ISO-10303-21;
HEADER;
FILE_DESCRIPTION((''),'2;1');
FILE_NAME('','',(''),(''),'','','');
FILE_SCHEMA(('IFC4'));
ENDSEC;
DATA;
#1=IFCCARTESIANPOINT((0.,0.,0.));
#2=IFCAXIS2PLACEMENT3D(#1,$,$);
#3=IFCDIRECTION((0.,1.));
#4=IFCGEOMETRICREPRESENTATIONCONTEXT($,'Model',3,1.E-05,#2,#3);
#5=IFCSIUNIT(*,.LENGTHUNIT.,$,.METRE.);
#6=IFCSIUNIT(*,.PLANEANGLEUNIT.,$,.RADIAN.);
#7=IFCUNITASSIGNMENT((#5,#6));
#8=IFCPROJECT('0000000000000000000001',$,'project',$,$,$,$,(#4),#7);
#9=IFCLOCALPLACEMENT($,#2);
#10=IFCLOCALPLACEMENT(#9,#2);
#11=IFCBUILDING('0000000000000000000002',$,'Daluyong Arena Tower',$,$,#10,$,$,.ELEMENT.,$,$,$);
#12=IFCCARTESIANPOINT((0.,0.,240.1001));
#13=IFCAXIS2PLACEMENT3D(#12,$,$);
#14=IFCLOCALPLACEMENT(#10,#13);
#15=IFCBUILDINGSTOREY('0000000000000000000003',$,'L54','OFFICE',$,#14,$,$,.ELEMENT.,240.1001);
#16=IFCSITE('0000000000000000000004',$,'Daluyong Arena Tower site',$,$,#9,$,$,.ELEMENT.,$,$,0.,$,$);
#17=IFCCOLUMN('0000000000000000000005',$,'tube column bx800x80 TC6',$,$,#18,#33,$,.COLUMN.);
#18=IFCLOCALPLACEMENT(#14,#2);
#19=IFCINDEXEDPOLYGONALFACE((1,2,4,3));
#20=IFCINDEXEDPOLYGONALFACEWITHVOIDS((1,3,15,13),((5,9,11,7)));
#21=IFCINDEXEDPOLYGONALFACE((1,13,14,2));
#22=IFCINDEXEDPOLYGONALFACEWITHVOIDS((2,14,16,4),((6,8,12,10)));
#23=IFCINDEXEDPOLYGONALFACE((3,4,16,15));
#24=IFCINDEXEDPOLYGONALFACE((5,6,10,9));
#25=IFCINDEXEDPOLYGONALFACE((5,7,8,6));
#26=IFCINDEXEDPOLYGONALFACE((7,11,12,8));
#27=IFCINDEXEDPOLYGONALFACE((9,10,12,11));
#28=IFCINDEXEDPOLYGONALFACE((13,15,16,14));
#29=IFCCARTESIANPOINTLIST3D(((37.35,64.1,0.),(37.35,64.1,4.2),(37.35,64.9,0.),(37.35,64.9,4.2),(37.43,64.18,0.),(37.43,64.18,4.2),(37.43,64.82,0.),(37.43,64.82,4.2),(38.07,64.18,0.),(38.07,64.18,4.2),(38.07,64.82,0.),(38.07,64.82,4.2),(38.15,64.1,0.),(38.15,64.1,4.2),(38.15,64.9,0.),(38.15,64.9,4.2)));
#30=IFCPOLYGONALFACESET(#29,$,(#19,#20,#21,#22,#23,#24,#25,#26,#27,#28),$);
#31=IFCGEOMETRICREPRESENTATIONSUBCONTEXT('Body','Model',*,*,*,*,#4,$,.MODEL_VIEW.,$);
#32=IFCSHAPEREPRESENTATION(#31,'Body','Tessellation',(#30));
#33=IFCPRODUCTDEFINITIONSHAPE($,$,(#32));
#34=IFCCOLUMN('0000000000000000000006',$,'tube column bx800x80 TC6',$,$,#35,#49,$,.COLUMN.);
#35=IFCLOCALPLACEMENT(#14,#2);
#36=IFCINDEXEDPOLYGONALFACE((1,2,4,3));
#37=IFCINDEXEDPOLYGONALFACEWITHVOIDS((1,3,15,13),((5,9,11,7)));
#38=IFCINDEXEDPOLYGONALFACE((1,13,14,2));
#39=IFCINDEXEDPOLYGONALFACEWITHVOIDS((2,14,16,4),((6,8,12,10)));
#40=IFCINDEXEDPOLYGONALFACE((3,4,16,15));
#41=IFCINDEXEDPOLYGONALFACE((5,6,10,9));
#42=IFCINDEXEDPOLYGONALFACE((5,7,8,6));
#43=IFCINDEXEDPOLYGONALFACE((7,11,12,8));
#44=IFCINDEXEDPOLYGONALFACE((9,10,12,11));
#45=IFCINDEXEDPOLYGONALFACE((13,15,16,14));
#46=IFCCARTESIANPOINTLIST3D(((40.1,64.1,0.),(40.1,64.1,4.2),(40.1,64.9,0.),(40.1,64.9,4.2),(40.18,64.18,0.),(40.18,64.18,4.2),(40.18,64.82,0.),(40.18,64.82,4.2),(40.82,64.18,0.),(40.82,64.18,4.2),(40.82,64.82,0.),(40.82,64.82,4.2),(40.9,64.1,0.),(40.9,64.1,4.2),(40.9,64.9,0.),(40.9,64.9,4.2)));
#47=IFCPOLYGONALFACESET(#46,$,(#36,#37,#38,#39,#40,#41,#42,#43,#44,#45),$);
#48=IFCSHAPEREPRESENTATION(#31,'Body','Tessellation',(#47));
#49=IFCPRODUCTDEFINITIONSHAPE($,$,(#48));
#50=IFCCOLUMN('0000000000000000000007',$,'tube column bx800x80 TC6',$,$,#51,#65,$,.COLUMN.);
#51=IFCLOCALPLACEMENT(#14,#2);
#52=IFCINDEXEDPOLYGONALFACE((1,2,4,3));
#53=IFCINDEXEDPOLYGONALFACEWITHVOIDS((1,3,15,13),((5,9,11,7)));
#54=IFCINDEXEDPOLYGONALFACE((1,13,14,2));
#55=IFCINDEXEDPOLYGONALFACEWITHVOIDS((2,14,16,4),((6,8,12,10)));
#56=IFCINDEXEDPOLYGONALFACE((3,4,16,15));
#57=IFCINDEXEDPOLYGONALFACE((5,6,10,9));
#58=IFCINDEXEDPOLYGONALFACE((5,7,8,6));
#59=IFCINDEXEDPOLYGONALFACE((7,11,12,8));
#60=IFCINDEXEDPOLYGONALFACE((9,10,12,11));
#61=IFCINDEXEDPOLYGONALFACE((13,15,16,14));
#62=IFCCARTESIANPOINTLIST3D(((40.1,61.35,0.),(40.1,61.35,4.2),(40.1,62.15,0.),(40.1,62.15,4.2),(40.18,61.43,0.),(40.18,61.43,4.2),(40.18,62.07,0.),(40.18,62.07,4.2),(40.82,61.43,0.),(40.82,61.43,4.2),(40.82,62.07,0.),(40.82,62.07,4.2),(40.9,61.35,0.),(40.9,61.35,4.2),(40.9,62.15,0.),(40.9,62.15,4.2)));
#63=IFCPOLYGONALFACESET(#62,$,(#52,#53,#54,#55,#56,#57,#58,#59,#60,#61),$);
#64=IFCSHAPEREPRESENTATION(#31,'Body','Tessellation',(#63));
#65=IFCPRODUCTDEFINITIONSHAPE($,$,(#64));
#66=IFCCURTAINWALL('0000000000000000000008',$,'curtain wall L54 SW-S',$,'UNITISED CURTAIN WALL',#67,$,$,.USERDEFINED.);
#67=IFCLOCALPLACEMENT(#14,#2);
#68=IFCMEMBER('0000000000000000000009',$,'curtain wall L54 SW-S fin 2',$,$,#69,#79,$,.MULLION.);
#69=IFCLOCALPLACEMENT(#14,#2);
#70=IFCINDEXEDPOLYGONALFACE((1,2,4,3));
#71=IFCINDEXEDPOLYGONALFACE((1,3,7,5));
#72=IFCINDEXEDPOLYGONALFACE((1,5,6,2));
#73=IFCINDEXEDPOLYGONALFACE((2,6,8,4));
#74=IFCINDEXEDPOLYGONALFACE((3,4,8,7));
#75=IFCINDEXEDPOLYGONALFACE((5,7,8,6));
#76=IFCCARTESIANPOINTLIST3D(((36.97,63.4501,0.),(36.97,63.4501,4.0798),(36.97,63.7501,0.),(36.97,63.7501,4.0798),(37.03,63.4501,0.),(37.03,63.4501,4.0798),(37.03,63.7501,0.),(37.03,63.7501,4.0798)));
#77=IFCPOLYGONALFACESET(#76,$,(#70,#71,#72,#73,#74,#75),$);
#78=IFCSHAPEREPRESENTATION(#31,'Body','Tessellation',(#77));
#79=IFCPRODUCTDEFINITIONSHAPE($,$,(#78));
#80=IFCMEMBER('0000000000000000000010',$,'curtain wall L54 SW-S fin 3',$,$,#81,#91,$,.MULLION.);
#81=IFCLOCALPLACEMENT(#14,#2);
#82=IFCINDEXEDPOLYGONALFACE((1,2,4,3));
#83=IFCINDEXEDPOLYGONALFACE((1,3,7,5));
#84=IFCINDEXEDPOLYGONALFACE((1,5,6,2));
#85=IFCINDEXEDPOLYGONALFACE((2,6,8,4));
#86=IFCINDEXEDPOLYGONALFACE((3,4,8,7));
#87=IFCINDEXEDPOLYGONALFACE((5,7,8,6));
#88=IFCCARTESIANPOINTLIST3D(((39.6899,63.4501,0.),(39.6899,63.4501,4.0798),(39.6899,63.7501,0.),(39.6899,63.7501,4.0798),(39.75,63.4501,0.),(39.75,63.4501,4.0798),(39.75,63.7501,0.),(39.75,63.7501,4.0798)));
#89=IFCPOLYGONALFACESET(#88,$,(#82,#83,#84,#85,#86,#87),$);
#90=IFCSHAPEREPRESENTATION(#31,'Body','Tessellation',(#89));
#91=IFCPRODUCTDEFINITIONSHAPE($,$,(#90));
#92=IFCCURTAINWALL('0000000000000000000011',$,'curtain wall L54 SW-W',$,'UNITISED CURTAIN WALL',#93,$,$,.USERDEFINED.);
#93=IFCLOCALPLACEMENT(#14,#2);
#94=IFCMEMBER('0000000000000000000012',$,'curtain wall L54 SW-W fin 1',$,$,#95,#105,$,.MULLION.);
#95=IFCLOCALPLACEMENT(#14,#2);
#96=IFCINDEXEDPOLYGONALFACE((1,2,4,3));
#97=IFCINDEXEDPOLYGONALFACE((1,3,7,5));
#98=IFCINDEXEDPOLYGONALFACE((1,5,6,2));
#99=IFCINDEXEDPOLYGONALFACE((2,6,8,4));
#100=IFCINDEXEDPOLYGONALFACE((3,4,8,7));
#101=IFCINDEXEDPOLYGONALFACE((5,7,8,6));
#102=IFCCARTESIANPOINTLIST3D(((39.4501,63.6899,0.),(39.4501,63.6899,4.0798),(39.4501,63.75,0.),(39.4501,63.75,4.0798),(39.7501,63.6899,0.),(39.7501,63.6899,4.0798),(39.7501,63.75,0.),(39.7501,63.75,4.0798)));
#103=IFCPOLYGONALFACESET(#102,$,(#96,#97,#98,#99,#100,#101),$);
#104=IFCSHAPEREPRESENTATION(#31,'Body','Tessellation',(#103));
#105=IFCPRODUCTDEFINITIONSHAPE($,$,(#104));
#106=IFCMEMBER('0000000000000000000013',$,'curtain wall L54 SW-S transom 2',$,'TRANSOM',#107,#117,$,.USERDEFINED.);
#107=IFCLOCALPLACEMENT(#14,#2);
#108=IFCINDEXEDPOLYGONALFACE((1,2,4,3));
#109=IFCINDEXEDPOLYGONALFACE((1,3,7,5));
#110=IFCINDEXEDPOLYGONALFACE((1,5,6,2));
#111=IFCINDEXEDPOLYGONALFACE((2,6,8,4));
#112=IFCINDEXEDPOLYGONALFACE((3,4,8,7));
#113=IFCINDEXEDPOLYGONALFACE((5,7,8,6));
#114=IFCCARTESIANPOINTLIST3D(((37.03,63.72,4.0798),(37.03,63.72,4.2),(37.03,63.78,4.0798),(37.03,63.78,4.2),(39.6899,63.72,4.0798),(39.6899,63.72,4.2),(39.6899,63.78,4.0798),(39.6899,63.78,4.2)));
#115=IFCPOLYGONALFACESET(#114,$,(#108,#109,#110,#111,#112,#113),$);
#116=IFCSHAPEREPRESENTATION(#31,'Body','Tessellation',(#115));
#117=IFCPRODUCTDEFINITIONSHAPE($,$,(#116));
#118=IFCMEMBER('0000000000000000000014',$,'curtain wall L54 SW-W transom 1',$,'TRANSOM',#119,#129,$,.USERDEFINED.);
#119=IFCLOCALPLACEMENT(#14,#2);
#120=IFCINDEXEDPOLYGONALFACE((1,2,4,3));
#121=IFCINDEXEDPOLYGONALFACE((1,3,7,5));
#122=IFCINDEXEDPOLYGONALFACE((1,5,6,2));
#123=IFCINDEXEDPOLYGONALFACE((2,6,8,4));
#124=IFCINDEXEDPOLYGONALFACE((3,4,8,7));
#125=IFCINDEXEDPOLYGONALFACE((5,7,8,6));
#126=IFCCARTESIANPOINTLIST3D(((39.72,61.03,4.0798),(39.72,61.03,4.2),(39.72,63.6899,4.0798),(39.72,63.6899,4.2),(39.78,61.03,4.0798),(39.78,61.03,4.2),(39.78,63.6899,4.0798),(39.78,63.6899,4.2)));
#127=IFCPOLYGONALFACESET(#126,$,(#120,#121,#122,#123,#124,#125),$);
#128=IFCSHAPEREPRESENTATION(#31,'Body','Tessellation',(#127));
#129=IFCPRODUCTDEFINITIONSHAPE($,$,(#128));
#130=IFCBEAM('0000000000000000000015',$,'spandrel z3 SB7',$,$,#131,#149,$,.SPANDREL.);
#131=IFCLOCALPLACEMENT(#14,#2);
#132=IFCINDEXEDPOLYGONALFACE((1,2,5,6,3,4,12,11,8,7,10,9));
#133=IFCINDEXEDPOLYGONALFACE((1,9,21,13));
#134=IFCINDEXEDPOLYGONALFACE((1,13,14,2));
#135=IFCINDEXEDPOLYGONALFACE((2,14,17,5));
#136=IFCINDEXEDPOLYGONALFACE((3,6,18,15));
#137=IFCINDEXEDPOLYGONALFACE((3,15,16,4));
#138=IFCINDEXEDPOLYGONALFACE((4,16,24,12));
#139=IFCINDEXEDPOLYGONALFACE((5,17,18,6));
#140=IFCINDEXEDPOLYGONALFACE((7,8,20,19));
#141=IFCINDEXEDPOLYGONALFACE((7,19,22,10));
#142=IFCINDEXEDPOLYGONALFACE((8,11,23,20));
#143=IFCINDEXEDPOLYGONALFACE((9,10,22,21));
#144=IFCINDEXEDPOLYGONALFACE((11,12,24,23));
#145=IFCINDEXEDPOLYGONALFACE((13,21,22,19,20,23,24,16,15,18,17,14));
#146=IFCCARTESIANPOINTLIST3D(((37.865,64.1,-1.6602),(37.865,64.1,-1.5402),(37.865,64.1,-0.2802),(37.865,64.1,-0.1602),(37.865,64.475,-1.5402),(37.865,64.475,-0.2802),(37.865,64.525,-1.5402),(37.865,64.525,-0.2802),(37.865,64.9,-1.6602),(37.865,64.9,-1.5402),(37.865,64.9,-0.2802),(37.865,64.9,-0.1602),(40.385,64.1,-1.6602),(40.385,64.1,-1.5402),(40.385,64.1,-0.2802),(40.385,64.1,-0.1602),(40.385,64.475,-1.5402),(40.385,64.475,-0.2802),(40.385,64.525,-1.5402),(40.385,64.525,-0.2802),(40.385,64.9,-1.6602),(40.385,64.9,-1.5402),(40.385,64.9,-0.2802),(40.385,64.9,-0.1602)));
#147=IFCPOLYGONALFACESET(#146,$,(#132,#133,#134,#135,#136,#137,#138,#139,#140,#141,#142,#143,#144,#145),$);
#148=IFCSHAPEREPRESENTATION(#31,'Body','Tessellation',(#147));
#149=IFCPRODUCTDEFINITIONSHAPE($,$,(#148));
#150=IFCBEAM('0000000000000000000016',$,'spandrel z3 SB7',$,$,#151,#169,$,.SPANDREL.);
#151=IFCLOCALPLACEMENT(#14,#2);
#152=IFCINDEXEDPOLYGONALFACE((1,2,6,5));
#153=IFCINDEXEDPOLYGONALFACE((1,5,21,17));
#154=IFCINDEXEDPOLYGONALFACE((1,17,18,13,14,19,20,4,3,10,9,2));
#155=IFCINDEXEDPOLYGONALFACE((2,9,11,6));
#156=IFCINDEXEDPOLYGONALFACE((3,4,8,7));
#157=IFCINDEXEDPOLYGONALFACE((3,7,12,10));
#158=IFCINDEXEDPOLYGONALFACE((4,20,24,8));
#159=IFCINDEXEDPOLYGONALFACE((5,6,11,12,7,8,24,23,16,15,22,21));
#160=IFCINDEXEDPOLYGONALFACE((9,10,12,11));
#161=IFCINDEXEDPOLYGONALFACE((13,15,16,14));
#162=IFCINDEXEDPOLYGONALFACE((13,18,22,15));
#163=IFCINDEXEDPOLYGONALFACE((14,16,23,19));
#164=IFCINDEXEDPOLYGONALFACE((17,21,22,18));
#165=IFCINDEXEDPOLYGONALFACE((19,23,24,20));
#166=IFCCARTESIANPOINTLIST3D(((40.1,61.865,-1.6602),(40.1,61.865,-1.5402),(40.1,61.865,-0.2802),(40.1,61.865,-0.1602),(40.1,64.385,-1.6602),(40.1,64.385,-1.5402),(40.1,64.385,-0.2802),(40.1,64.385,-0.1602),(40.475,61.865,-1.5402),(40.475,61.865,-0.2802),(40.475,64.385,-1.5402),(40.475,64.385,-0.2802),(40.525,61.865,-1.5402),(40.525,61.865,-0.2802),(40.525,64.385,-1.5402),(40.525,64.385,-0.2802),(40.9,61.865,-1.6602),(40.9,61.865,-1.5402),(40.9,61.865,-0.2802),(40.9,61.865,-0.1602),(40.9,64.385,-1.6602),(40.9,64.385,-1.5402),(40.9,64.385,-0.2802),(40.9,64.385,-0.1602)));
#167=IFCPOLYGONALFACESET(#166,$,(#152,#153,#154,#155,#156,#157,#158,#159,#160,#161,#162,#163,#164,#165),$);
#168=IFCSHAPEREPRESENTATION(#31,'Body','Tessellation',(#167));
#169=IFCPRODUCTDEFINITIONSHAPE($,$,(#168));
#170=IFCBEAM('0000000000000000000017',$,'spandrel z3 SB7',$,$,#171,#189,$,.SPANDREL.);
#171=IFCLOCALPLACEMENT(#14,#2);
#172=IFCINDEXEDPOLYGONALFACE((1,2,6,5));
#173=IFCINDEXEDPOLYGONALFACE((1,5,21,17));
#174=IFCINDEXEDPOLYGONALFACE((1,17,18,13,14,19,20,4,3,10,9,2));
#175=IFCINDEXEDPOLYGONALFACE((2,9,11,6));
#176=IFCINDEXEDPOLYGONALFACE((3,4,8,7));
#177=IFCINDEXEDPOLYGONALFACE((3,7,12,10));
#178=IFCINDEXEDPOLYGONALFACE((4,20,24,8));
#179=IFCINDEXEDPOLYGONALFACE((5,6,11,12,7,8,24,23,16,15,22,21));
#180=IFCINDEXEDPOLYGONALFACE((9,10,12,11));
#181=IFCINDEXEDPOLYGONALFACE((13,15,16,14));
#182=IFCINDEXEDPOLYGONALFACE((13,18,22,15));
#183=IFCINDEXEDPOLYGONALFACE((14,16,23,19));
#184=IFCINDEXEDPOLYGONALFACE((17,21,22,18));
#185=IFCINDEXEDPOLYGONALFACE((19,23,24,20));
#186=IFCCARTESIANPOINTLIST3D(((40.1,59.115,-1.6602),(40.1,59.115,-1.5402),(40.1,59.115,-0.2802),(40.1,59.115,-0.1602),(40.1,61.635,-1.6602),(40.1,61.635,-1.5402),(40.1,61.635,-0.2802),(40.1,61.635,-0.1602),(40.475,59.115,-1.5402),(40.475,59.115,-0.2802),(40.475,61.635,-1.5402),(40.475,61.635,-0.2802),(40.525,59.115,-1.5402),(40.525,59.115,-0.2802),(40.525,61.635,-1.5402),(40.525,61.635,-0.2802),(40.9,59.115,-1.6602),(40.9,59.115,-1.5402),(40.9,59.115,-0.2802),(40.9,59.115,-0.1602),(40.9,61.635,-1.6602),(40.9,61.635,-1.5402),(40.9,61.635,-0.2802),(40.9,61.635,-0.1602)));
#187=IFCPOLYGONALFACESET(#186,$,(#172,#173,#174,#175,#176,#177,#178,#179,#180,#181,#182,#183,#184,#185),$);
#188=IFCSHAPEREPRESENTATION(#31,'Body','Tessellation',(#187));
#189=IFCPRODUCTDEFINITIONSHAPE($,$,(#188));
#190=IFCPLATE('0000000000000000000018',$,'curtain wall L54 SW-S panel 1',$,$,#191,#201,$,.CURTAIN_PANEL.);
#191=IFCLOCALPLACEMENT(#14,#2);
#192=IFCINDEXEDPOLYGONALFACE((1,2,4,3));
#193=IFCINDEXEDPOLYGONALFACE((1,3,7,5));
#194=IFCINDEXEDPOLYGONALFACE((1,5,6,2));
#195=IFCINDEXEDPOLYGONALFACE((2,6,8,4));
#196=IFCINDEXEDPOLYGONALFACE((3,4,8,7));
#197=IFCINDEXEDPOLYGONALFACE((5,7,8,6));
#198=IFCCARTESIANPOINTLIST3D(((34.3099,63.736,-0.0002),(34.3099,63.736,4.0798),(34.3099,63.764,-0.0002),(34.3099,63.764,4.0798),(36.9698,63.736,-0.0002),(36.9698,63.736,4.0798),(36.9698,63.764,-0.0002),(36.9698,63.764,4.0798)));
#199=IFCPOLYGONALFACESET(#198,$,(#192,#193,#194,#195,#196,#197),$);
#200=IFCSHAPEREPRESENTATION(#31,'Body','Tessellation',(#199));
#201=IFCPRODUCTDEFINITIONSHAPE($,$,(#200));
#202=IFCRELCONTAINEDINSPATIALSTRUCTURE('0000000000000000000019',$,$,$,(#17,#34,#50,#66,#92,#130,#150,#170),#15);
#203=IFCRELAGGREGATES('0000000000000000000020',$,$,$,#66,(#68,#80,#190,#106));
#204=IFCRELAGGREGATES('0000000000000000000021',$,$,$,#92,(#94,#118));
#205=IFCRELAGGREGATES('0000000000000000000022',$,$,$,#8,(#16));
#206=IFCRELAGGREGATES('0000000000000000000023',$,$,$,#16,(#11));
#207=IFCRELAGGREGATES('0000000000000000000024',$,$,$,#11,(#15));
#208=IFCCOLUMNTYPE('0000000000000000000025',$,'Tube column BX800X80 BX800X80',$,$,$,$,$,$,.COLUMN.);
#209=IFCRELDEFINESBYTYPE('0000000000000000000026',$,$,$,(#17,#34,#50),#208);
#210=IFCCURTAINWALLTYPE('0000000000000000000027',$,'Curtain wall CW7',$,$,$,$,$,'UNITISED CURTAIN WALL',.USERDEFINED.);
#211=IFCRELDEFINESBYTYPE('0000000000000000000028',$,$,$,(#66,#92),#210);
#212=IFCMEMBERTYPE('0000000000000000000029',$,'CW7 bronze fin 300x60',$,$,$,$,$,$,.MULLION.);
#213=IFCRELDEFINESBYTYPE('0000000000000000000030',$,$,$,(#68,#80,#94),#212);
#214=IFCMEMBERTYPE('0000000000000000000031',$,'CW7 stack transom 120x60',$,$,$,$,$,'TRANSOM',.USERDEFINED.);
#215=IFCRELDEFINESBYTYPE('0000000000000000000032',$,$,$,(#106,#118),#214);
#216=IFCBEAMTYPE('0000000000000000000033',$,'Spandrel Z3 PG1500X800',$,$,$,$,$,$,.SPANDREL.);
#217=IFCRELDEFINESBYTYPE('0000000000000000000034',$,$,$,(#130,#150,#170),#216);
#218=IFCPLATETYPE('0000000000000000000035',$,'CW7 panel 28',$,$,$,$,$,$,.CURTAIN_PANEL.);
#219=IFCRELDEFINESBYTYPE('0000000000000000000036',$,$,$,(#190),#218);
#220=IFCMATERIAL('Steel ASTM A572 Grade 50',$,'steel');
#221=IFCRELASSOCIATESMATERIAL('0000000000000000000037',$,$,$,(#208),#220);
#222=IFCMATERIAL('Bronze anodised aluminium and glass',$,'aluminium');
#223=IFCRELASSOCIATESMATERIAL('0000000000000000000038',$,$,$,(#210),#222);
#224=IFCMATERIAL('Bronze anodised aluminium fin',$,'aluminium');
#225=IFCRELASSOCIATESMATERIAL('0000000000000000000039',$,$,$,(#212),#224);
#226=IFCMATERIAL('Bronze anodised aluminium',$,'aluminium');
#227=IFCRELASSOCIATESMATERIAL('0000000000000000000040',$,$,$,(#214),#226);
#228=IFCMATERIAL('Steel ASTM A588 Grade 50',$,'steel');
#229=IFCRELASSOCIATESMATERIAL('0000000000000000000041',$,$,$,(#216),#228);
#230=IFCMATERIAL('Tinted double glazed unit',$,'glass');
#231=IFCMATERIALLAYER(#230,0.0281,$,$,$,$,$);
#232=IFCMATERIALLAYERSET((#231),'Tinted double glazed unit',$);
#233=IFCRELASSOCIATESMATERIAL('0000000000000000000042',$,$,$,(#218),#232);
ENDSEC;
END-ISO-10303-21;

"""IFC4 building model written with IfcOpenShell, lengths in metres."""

from ifc_helpers import new_model, si_unit, direction, frame, origin, origin_2d, place, context, subcontext, project, spatial, rectangle, hollow_rectangle, i_section, extrude, material, layer, layer_set, material_profile, profile_set, type_object, element, aggregate, save


model = new_model("IFC4")

# Units and contexts
model_context = context("Model", 3, precision=1e-05, world=origin(), true_north=direction((0.0, 1.0)))
body_context = subcontext(model_context, "Body", "Model", "MODEL_VIEW")
ifc_project = project(units=[si_unit("LENGTHUNIT", "METRE"), si_unit("PLANEANGLEUNIT", "RADIAN")], contexts=[model_context])

# Site, building, storey
site_placement = place(None, origin())
site = spatial("IfcSite", under=ifc_project, at=site_placement, Name="Daluyong Arena Tower site", CompositionType="ELEMENT", RefElevation=0.0)
building_placement = place(site_placement, origin())
building = spatial("IfcBuilding", under=site, at=building_placement, Name="Daluyong Arena Tower", CompositionType="ELEMENT")
storey_placement = place(building_placement, frame((0.0, 0.0, 240.1001)))
storey = spatial("IfcBuildingStorey", under=building, at=storey_placement, Name="L54", Description="OFFICE", CompositionType="ELEMENT", Elevation=240.1001)

# Columns
ifc_material_1 = material(Name="Steel ASTM A572 Grade 50", Category="steel")
ifc_material_profile_1 = material_profile(ifc_material_1, hollow_rectangle(XDim=0.8, YDim=0.8, WallThickness=0.08, at=origin_2d()))
ifc_profile_set_1 = profile_set([ifc_material_profile_1], Name="Steel ASTM A572 Grade 50")
column_type = type_object("IfcColumnType", Name="Tube column BX800X80 BX800X80", PredefinedType="COLUMN", material=ifc_profile_set_1)
for number, where, z_axis, x_axis, name in (
    (1, (37.75, 64.5, 0.0), (0.0, 0.0, 1.0), (1.0, 0.0, 0.0), "tube column bx800x80 TC6"),
    (2, (40.5, 64.5, 0.0), (0.0, 0.0, 1.0), (0.0, 1.0, 0.0), "tube column bx800x80 TC6"),
    (3, (40.5, 61.75, 0.0), (0.0, 0.0, 1.0), (0.0, 1.0, 0.0), "tube column bx800x80 TC6"),
):
    element("IfcColumn", number, at=place(storey_placement, frame(where, z_axis=z_axis, x_axis=x_axis)), inside=storey, type_object=column_type, Name=name, PredefinedType="COLUMN", context=body_context, shape_type="SweptSolid", body=[
        extrude(hollow_rectangle(XDim=0.8, YDim=0.8, WallThickness=0.08, at=origin_2d()), origin(), (0.0, 0.0, 1.0), 4.2),
    ])

# Curtain wall, members
ifc_material_2 = material(Name="Bronze anodised aluminium and glass", Category="aluminium")
curtain_wall_type = type_object("IfcCurtainWallType", Name="Curtain wall CW7", ElementType="UNITISED CURTAIN WALL", PredefinedType="USERDEFINED", material=ifc_material_2)
curtain_wall_1_placement = place(storey_placement, origin())
curtain_wall_1 = element("IfcCurtainWall", 4, at=curtain_wall_1_placement, inside=storey, type_object=curtain_wall_type, Name="curtain wall L54 SW-S", ObjectType="UNITISED CURTAIN WALL", PredefinedType="USERDEFINED")
ifc_material_3 = material(Name="Bronze anodised aluminium fin", Category="aluminium")
ifc_material_profile_2 = material_profile(ifc_material_3, rectangle(XDim=0.3, YDim=0.0601, at=origin_2d()))
ifc_profile_set_2 = profile_set([ifc_material_profile_2], Name="Bronze anodised aluminium fin")
member_type_1 = type_object("IfcMemberType", Name="CW7 bronze fin 300x60", PredefinedType="MULLION", material=ifc_profile_set_2)
member_1_placement = place(storey_placement, frame((37.0, 63.6001, 0.0), z_axis=(0.0, 0.0, 1.0), x_axis=(0.0, 1.0, 0.0)))
member_1 = element("IfcMember", 5, at=member_1_placement, type_object=member_type_1, Name="curtain wall L54 SW-S fin 2", PredefinedType="MULLION", context=body_context, shape_type="SweptSolid", body=[
    extrude(rectangle(XDim=0.3, YDim=0.0601, at=origin_2d()), origin(), (0.0, 0.0, 1.0), 4.0798),
])
member_2_placement = place(storey_placement, frame((39.72, 63.6001, 0.0), z_axis=(0.0, 0.0, 1.0), x_axis=(0.0, 1.0, 0.0)))
member_2 = element("IfcMember", 6, at=member_2_placement, type_object=member_type_1, Name="curtain wall L54 SW-S fin 3", PredefinedType="MULLION", context=body_context, shape_type="SweptSolid", body=[
    extrude(rectangle(XDim=0.3, YDim=0.0601, at=origin_2d()), origin(), (0.0, 0.0, 1.0), 4.0798),
])

# Curtain wall, member
curtain_wall_2_placement = place(storey_placement, origin())
curtain_wall_2 = element("IfcCurtainWall", 7, at=curtain_wall_2_placement, inside=storey, type_object=curtain_wall_type, Name="curtain wall L54 SW-W", ObjectType="UNITISED CURTAIN WALL", PredefinedType="USERDEFINED")
member_3_placement = place(storey_placement, frame((39.6001, 63.72, 0.0), z_axis=(0.0, 0.0, 1.0), x_axis=(1.0, 0.0, 0.0)))
member_3 = element("IfcMember", 8, at=member_3_placement, type_object=member_type_1, Name="curtain wall L54 SW-W fin 1", PredefinedType="MULLION", context=body_context, shape_type="SweptSolid", body=[
    extrude(rectangle(XDim=0.3, YDim=0.0601, at=origin_2d()), origin(), (0.0, 0.0, 1.0), 4.0798),
])

# Members
ifc_material_4 = material(Name="Bronze anodised aluminium", Category="aluminium")
ifc_material_profile_3 = material_profile(ifc_material_4, rectangle(XDim=0.0601, YDim=0.1201, at=origin_2d()))
ifc_profile_set_3 = profile_set([ifc_material_profile_3], Name="Bronze anodised aluminium")
member_type_2 = type_object("IfcMemberType", Name="CW7 stack transom 120x60", ElementType="TRANSOM", PredefinedType="USERDEFINED", material=ifc_profile_set_3)
member_4_placement = place(storey_placement, frame((37.03, 63.75, 4.1399), z_axis=(1.0, 0.0, 0.0), x_axis=(0.0, 1.0, 0.0)))
member_4 = element("IfcMember", 9, at=member_4_placement, type_object=member_type_2, Name="curtain wall L54 SW-S transom 2", ObjectType="TRANSOM", PredefinedType="USERDEFINED", context=body_context, shape_type="SweptSolid", body=[
    extrude(rectangle(XDim=0.0601, YDim=0.1201, at=origin_2d()), origin(), (0.0, 0.0, 1.0), 2.6599),
])
member_5_placement = place(storey_placement, frame((39.75, 63.6899, 4.1399), z_axis=(0.0, -1.0, 0.0), x_axis=(1.0, 0.0, 0.0)))
member_5 = element("IfcMember", 10, at=member_5_placement, type_object=member_type_2, Name="curtain wall L54 SW-W transom 1", ObjectType="TRANSOM", PredefinedType="USERDEFINED", context=body_context, shape_type="SweptSolid", body=[
    extrude(rectangle(XDim=0.0601, YDim=0.1201, at=origin_2d()), origin(), (0.0, 0.0, 1.0), 2.6599),
])

# Beams
ifc_material_5 = material(Name="Steel ASTM A588 Grade 50", Category="steel")
ifc_material_profile_4 = material_profile(ifc_material_5, i_section(OverallWidth=0.8, OverallDepth=1.5, WebThickness=0.05, FlangeThickness=0.12, at=origin_2d()))
ifc_profile_set_4 = profile_set([ifc_material_profile_4], Name="Steel ASTM A588 Grade 50")
beam_type = type_object("IfcBeamType", Name="Spandrel Z3 PG1500X800", PredefinedType="SPANDREL", material=ifc_profile_set_4)
for number, where, z_axis, x_axis, name in (
    (11, (37.865, 64.5, -0.9102), (1.0, 0.0, 0.0), (0.0, 1.0, 0.0), "spandrel z3 SB7"),
    (12, (40.5, 64.385, -0.9102), (0.0, -1.0, 0.0), (1.0, 0.0, 0.0), "spandrel z3 SB7"),
    (13, (40.5, 61.635, -0.9102), (0.0, -1.0, 0.0), (1.0, 0.0, 0.0), "spandrel z3 SB7"),
):
    element("IfcBeam", number, at=place(storey_placement, frame(where, z_axis=z_axis, x_axis=x_axis)), inside=storey, type_object=beam_type, Name=name, PredefinedType="SPANDREL", context=body_context, shape_type="SweptSolid", body=[
        extrude(i_section(OverallWidth=0.8, OverallDepth=1.5, WebThickness=0.05, FlangeThickness=0.12, at=origin_2d()), origin(), (0.0, 0.0, 1.0), 2.52),
    ])

# Plate
ifc_material_6 = material(Name="Tinted double glazed unit", Category="glass")
ifc_layer_1 = layer(ifc_material_6, 0.0281)
ifc_layer_set_1 = layer_set([ifc_layer_1], Name="Tinted double glazed unit")
plate_type = type_object("IfcPlateType", Name="CW7 panel 28", PredefinedType="CURTAIN_PANEL", material=ifc_layer_set_1)
plate_1_placement = place(storey_placement, frame((35.6399, 63.75, -0.0002), z_axis=(0.0, 0.0, 1.0), x_axis=(1.0, 0.0, 0.0)))
plate_1 = element("IfcPlate", 14, at=plate_1_placement, type_object=plate_type, Name="curtain wall L54 SW-S panel 1", PredefinedType="CURTAIN_PANEL", context=body_context, shape_type="SweptSolid", body=[
    extrude(rectangle(XDim=2.6599, YDim=0.0281, at=origin_2d()), origin(), (0.0, 0.0, 1.0), 4.0801),
])
aggregate(curtain_wall_1, [member_1, member_2, plate_1, member_4])
aggregate(curtain_wall_2, [member_3, member_5])

save(model, "model.ifc")
